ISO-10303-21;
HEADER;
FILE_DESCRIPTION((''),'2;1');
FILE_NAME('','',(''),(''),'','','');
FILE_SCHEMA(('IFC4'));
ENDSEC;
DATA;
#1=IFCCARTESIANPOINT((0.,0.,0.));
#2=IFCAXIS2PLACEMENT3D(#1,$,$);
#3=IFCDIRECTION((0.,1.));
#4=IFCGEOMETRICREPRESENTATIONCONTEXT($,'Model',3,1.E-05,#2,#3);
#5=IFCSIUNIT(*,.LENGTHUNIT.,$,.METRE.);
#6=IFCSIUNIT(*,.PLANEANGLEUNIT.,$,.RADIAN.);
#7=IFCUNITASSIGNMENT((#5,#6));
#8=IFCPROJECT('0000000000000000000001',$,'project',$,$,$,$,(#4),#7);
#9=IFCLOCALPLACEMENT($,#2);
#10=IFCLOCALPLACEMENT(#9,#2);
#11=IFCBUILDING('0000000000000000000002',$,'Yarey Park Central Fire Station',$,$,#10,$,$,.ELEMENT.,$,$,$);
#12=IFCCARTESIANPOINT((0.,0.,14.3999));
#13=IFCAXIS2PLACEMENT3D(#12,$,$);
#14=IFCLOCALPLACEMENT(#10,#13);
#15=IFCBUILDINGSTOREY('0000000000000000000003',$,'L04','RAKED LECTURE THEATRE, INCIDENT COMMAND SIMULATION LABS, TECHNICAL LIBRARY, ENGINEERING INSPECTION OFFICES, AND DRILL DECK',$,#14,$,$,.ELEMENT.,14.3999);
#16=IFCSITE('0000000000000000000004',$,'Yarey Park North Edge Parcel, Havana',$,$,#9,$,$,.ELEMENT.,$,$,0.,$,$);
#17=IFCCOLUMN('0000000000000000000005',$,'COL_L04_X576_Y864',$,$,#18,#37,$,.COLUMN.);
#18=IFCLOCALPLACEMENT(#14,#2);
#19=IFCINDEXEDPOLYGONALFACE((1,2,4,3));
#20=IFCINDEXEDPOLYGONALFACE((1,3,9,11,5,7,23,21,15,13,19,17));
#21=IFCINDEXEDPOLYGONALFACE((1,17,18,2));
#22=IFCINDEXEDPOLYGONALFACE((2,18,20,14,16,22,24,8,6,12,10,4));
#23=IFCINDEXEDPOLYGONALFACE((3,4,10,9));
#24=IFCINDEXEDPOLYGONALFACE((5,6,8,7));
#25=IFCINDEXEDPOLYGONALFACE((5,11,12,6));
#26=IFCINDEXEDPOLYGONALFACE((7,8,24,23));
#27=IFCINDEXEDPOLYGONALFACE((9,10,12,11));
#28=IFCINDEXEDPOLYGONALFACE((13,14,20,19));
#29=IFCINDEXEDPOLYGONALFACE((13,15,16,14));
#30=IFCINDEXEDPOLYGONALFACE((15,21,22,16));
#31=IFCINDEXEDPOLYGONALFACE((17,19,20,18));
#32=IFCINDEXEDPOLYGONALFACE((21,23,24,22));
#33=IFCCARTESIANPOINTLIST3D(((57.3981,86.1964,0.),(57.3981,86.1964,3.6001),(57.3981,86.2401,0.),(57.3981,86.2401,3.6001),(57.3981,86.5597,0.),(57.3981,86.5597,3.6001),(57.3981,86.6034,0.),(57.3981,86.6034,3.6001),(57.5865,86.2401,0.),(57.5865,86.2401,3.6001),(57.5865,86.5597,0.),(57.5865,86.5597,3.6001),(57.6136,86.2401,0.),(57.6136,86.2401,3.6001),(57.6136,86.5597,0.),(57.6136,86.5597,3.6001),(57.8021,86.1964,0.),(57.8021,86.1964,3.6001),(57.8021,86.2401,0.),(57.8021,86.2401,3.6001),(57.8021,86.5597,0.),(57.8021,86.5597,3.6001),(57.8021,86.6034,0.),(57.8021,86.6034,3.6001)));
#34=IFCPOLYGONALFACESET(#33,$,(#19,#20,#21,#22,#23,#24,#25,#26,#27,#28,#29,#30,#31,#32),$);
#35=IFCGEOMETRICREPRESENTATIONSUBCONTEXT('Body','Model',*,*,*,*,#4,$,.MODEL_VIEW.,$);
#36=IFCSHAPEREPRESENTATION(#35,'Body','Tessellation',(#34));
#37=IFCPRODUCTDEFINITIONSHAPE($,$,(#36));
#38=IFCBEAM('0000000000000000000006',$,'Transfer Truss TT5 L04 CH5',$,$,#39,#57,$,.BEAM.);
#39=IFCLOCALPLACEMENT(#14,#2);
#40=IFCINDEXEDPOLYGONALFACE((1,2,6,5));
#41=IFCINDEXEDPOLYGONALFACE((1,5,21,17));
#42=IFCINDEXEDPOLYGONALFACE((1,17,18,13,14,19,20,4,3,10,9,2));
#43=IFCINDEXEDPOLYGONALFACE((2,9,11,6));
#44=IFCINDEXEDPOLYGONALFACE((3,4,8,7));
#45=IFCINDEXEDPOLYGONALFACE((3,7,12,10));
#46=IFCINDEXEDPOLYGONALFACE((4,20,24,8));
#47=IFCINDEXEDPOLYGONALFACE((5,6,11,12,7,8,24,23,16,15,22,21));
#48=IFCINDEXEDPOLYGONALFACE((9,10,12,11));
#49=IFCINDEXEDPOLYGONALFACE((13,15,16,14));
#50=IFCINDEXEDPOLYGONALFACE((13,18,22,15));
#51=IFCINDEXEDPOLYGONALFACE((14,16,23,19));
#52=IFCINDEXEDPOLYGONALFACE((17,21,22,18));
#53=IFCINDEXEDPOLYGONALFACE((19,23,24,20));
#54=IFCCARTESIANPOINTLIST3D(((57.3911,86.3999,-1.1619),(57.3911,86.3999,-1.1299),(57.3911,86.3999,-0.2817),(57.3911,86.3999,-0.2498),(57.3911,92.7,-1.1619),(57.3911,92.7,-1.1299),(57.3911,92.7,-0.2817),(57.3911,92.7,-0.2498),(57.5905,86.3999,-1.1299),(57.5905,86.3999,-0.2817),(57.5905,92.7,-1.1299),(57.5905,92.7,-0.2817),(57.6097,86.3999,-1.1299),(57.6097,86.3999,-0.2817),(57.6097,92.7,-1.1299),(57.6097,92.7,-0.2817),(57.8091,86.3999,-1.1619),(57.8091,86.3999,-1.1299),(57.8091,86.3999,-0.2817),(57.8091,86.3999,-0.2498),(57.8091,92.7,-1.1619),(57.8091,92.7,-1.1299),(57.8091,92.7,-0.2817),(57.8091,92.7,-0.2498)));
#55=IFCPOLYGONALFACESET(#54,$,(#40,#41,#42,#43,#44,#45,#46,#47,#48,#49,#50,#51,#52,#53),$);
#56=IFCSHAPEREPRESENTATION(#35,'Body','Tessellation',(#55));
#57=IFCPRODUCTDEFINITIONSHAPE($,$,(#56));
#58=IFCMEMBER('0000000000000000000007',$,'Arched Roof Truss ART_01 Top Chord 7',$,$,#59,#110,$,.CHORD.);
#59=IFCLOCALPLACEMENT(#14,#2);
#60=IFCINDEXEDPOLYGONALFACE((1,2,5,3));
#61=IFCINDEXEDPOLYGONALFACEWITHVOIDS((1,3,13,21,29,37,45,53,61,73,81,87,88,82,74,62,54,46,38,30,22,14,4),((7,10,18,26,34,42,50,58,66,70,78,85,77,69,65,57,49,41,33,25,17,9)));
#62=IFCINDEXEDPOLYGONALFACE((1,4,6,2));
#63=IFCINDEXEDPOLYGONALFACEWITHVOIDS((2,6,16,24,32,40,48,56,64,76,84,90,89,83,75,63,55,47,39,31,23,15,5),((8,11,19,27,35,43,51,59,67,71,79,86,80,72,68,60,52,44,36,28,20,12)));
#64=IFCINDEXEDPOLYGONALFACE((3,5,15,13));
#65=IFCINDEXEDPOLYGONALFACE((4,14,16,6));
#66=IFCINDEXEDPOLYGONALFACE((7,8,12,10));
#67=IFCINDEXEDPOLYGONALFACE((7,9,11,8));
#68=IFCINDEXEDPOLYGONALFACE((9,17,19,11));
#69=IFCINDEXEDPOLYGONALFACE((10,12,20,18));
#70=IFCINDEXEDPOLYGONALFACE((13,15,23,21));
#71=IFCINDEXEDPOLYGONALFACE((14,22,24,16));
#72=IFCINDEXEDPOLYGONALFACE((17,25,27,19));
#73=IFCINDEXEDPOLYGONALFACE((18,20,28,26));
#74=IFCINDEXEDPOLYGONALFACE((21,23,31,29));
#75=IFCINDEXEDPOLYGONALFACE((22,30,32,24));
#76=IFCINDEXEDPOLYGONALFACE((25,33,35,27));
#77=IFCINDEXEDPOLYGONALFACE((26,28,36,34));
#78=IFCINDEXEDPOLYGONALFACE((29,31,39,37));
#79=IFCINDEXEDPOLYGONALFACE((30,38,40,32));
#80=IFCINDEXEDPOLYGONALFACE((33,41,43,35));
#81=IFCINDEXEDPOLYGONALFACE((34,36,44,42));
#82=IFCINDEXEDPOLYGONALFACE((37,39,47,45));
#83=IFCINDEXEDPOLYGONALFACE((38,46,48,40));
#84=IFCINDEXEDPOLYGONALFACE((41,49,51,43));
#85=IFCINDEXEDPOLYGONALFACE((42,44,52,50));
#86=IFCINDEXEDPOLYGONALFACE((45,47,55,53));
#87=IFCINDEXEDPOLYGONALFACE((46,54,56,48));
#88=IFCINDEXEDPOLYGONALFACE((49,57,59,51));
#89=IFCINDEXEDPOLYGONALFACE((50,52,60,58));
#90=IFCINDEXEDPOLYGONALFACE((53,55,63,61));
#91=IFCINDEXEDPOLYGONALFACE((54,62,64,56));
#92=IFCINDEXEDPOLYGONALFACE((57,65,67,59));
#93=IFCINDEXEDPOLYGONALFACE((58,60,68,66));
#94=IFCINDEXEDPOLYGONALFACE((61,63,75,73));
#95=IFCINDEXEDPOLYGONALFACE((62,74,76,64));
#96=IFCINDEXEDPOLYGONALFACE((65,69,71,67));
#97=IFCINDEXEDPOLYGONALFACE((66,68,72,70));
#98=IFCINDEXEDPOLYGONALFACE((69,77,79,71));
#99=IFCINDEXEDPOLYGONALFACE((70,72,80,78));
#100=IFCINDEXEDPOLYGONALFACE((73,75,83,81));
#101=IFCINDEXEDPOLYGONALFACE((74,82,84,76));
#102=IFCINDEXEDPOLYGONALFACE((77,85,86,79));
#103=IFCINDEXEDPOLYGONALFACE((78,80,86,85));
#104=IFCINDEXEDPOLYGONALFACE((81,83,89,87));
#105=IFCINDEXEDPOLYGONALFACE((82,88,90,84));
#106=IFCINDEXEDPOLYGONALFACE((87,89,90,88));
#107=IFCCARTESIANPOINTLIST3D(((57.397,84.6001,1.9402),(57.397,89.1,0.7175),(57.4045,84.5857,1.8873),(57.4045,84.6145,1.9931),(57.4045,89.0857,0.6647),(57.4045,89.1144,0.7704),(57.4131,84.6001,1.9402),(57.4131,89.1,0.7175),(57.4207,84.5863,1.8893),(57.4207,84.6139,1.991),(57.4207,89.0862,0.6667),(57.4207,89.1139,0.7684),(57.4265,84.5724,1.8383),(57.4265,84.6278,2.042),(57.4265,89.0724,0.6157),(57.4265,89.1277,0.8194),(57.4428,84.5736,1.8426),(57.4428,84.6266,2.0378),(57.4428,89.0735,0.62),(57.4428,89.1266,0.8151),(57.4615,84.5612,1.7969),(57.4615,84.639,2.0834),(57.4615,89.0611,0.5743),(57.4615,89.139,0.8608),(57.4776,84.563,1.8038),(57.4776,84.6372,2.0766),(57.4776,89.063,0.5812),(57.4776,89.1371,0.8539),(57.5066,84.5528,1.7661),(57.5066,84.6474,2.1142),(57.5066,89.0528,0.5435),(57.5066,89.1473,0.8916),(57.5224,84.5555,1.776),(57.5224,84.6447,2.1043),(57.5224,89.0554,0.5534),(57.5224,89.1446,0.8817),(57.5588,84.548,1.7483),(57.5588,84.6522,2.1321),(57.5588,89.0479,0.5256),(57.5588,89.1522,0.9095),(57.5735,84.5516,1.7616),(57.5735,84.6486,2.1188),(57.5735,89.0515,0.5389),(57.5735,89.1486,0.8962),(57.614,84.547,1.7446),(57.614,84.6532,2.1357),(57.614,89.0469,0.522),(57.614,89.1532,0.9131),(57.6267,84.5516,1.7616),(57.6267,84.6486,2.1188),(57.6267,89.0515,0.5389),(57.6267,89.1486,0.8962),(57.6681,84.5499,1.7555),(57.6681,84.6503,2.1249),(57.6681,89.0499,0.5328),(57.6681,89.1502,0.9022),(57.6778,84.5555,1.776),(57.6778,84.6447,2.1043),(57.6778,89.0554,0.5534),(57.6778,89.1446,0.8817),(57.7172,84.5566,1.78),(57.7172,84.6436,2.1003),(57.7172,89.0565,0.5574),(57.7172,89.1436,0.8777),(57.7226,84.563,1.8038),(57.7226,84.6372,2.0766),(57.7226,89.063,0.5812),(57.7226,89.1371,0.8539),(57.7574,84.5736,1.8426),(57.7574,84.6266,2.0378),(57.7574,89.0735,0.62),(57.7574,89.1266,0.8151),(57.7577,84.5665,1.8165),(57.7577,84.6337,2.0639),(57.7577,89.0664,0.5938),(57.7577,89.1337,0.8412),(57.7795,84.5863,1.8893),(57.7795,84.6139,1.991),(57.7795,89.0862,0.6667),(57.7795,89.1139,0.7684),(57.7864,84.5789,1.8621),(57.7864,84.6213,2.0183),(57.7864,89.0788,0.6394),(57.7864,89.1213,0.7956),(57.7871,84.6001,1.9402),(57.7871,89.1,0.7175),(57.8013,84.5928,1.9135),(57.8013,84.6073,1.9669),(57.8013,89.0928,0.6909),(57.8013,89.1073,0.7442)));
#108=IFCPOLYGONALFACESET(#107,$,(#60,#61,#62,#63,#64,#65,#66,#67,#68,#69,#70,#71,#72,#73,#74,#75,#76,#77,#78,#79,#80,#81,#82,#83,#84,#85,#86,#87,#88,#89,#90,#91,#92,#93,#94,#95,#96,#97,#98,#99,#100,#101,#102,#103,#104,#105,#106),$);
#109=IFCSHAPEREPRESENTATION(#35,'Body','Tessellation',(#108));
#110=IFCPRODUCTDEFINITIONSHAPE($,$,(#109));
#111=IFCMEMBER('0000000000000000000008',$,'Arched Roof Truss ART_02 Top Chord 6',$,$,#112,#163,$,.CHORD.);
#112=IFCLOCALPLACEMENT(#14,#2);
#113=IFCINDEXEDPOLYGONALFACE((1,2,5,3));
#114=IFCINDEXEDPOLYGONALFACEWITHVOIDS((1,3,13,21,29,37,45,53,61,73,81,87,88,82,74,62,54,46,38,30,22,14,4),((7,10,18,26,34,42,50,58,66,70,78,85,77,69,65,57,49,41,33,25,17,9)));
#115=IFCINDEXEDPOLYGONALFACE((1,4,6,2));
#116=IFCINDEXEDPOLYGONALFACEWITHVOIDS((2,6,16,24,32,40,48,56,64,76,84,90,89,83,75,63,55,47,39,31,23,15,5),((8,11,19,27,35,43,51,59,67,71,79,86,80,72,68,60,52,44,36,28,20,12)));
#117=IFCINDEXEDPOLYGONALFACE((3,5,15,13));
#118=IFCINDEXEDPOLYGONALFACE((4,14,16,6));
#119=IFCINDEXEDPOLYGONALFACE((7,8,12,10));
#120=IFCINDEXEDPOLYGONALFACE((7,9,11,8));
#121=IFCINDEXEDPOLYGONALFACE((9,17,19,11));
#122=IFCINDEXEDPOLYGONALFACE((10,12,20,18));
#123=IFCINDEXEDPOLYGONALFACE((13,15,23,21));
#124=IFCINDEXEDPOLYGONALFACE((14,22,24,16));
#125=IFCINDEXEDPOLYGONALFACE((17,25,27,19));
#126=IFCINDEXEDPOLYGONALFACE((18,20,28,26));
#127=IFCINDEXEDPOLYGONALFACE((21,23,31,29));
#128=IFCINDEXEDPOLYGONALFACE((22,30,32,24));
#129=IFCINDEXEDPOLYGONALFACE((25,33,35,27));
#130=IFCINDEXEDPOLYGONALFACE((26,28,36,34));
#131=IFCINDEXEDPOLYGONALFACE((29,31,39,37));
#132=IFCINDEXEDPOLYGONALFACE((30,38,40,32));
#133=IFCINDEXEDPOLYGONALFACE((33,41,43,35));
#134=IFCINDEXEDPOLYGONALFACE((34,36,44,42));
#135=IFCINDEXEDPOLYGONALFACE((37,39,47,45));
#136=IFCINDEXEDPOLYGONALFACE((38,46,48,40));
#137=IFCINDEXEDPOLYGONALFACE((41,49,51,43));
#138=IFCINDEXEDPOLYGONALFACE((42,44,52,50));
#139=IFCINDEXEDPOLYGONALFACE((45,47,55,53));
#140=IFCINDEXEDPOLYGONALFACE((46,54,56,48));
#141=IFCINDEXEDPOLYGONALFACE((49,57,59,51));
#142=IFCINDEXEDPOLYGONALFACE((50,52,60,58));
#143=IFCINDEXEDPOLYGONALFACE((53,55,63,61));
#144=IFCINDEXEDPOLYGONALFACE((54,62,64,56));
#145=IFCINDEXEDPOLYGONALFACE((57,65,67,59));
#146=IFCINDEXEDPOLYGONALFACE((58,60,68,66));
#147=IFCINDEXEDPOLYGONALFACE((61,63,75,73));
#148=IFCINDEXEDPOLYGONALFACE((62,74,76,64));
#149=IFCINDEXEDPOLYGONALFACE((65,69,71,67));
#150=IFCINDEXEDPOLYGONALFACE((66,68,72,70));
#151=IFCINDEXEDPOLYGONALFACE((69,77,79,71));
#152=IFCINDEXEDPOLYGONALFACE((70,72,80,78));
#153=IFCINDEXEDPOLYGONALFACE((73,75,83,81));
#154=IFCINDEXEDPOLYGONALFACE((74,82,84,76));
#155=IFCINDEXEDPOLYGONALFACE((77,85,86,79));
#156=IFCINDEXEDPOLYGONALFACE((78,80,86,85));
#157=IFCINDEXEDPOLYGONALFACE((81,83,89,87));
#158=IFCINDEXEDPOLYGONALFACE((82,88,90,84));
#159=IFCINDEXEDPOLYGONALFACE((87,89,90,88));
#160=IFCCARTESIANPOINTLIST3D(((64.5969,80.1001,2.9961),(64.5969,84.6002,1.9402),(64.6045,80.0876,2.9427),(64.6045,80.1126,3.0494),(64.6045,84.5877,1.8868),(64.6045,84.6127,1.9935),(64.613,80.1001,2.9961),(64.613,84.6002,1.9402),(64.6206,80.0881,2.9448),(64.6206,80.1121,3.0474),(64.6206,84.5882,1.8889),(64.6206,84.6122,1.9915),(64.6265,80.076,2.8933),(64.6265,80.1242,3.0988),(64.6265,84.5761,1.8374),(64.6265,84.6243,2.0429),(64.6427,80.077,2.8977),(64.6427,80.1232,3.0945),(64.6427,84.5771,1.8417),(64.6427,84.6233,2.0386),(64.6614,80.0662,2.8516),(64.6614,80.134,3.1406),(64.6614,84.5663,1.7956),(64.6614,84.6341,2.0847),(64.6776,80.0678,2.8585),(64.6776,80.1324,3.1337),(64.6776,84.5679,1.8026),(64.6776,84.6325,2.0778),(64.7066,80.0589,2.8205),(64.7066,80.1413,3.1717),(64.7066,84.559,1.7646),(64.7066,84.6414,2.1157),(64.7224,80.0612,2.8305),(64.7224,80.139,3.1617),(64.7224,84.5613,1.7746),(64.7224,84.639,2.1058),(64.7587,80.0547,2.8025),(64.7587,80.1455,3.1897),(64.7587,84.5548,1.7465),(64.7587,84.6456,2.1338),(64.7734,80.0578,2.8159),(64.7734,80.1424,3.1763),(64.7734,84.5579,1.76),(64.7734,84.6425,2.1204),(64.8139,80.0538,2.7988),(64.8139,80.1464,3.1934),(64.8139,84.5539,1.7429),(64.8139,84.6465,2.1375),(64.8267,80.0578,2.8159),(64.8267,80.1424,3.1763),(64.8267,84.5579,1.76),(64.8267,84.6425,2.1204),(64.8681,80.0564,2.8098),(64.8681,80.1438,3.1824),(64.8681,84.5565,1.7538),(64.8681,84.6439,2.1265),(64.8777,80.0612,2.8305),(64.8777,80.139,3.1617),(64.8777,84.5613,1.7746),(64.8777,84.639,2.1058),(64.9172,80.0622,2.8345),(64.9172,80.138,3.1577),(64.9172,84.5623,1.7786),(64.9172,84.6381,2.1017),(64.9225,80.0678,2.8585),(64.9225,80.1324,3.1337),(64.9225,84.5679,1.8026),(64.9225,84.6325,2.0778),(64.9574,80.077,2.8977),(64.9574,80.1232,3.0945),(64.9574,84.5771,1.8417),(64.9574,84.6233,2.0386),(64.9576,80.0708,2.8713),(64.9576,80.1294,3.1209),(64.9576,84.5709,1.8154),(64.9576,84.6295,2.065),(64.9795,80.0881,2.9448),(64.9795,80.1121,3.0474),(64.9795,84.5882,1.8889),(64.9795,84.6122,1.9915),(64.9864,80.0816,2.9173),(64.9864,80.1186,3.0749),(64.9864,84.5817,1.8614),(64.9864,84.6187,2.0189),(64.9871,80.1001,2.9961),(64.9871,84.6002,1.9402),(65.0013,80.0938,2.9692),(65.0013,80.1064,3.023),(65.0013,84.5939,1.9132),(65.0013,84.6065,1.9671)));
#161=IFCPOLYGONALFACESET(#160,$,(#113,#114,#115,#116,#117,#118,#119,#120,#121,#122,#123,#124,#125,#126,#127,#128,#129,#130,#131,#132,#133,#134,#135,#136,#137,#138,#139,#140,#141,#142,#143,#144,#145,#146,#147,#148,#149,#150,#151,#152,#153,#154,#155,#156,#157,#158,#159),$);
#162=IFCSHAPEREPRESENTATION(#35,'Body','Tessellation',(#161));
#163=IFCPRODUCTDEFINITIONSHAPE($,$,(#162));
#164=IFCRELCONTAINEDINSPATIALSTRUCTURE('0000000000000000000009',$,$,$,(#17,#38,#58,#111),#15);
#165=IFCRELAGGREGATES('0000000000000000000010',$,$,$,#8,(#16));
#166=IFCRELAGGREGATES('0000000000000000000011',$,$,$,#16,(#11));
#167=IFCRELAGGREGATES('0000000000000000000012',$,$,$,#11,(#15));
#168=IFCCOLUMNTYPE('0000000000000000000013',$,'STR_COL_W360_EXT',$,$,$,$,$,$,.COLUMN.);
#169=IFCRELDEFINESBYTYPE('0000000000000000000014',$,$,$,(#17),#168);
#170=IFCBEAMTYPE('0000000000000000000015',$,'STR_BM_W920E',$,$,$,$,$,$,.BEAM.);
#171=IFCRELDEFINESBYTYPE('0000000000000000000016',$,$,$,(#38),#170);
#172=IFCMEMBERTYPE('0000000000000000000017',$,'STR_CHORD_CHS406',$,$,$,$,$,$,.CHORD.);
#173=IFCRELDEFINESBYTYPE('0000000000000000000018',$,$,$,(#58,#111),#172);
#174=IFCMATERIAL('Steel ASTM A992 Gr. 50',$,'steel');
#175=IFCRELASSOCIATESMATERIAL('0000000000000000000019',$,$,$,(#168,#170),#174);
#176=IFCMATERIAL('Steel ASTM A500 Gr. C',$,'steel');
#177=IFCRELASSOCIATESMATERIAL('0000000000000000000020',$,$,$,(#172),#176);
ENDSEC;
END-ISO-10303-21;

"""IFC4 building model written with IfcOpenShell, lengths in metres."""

from ifc_helpers import new_model, si_unit, direction, frame, origin, origin_2d, place, context, subcontext, project, spatial, hollow_circle, i_section, extrude, material, material_profile, profile_set, type_object, element, save


model = new_model("IFC4")

# Units and contexts
model_context = context("Model", 3, precision=1e-05, world=origin(), true_north=direction((0.0, 1.0)))
body_context = subcontext(model_context, "Body", "Model", "MODEL_VIEW")
ifc_project = project(units=[si_unit("LENGTHUNIT", "METRE"), si_unit("PLANEANGLEUNIT", "RADIAN")], contexts=[model_context])

# Site, building, storey
site_placement = place(None, origin())
site = spatial("IfcSite", under=ifc_project, at=site_placement, Name="Yarey Park North Edge Parcel, Havana", CompositionType="ELEMENT", RefElevation=0.0)
building_placement = place(site_placement, origin())
building = spatial("IfcBuilding", under=site, at=building_placement, Name="Yarey Park Central Fire Station", CompositionType="ELEMENT")
storey_placement = place(building_placement, frame((0.0, 0.0, 14.3999)))
storey = spatial("IfcBuildingStorey", under=building, at=storey_placement, Name="L04", Description="RAKED LECTURE THEATRE, INCIDENT COMMAND SIMULATION LABS, TECHNICAL LIBRARY, ENGINEERING INSPECTION OFFICES, AND DRILL DECK", CompositionType="ELEMENT", Elevation=14.3999)

# Column
ifc_material_1 = material(Name="Steel ASTM A992 Gr. 50", Category="steel")
ifc_material_profile_1 = material_profile(ifc_material_1, i_section(OverallWidth=0.4041, OverallDepth=0.407, WebThickness=0.0271, FlangeThickness=0.0437, at=origin_2d()), Name="W360x347")
ifc_profile_set_1 = profile_set([ifc_material_profile_1], Name="Steel ASTM A992 Gr. 50")
column_type = type_object("IfcColumnType", Name="STR_COL_W360_EXT", PredefinedType="COLUMN", material=ifc_profile_set_1)
column_placement = place(storey_placement, frame((57.6001, 86.3999, 0.0), z_axis=(0.0, 0.0, 1.0), x_axis=(1.0, 0.0, 0.0)))
element("IfcColumn", 1, at=column_placement, inside=storey, type_object=column_type, Name="COL_L04_X576_Y864", PredefinedType="COLUMN", context=body_context, shape_type="SweptSolid", body=[
    extrude(i_section(OverallWidth=0.4041, OverallDepth=0.407, WebThickness=0.0271, FlangeThickness=0.0437, at=origin_2d()), origin(), (0.0, 0.0, 1.0), 3.6001),
])

# Beam
ifc_material_profile_2 = material_profile(ifc_material_1, i_section(OverallWidth=0.418, OverallDepth=0.9121, WebThickness=0.0193, FlangeThickness=0.032, at=origin_2d()), Name="W920x342")
ifc_profile_set_2 = profile_set([ifc_material_profile_2], Name="Steel ASTM A992 Gr. 50")
beam_type_1 = type_object("IfcBeamType", Name="STR_BM_W920E", PredefinedType="BEAM", material=ifc_profile_set_2)
beam_1_placement = place(storey_placement, frame((57.6001, 86.3999, -0.7058), z_axis=(0.0, 1.0, 0.0), x_axis=(-1.0, 0.0, 0.0)))
element("IfcBeam", 2, at=beam_1_placement, inside=storey, type_object=beam_type_1, Name="Transfer Truss TT5 L04 CH5", PredefinedType="BEAM", context=body_context, shape_type="SweptSolid", body=[
    extrude(i_section(OverallWidth=0.418, OverallDepth=0.9121, WebThickness=0.0193, FlangeThickness=0.032, at=origin_2d()), origin(), (0.0, 0.0, 1.0), 6.3),
])

# Members
ifc_material_2 = material(Name="Steel ASTM A500 Gr. C", Category="steel")
ifc_material_profile_3 = material_profile(ifc_material_2, hollow_circle(Radius=0.2031, WallThickness=0.0161, at=origin_2d()), Name="CHS 406.4x16")
ifc_profile_set_3 = profile_set([ifc_material_profile_3], Name="Steel ASTM A500 Gr. C")
member_type_1 = type_object("IfcMemberType", Name="STR_CHORD_CHS406", PredefinedType="CHORD", material=ifc_profile_set_3)
member_1_placement = place(storey_placement, frame((57.6001, 84.6001, 1.9402), z_axis=(0.0, 0.965015, -0.262196), x_axis=(-1.0, 0.0, 0.0)))
element("IfcMember", 3, at=member_1_placement, inside=storey, type_object=member_type_1, Name="Arched Roof Truss ART_01 Top Chord 7", PredefinedType="CHORD", context=body_context, shape_type="SweptSolid", body=[
    extrude(hollow_circle(Radius=0.2031, WallThickness=0.0161, at=origin_2d()), origin(), (0.0, 0.0, 1.0), 4.6631),
])
member_2_placement = place(storey_placement, frame((64.8, 80.1001, 2.9961), z_axis=(0.0, 0.973558, -0.228442), x_axis=(-1.0, 0.0, 0.0)))
element("IfcMember", 4, at=member_2_placement, inside=storey, type_object=member_type_1, Name="Arched Roof Truss ART_02 Top Chord 6", PredefinedType="CHORD", context=body_context, shape_type="SweptSolid", body=[
    extrude(hollow_circle(Radius=0.2031, WallThickness=0.0161, at=origin_2d()), origin(), (0.0, 0.0, 1.0), 4.6223),
])

save(model, "model.ifc")
